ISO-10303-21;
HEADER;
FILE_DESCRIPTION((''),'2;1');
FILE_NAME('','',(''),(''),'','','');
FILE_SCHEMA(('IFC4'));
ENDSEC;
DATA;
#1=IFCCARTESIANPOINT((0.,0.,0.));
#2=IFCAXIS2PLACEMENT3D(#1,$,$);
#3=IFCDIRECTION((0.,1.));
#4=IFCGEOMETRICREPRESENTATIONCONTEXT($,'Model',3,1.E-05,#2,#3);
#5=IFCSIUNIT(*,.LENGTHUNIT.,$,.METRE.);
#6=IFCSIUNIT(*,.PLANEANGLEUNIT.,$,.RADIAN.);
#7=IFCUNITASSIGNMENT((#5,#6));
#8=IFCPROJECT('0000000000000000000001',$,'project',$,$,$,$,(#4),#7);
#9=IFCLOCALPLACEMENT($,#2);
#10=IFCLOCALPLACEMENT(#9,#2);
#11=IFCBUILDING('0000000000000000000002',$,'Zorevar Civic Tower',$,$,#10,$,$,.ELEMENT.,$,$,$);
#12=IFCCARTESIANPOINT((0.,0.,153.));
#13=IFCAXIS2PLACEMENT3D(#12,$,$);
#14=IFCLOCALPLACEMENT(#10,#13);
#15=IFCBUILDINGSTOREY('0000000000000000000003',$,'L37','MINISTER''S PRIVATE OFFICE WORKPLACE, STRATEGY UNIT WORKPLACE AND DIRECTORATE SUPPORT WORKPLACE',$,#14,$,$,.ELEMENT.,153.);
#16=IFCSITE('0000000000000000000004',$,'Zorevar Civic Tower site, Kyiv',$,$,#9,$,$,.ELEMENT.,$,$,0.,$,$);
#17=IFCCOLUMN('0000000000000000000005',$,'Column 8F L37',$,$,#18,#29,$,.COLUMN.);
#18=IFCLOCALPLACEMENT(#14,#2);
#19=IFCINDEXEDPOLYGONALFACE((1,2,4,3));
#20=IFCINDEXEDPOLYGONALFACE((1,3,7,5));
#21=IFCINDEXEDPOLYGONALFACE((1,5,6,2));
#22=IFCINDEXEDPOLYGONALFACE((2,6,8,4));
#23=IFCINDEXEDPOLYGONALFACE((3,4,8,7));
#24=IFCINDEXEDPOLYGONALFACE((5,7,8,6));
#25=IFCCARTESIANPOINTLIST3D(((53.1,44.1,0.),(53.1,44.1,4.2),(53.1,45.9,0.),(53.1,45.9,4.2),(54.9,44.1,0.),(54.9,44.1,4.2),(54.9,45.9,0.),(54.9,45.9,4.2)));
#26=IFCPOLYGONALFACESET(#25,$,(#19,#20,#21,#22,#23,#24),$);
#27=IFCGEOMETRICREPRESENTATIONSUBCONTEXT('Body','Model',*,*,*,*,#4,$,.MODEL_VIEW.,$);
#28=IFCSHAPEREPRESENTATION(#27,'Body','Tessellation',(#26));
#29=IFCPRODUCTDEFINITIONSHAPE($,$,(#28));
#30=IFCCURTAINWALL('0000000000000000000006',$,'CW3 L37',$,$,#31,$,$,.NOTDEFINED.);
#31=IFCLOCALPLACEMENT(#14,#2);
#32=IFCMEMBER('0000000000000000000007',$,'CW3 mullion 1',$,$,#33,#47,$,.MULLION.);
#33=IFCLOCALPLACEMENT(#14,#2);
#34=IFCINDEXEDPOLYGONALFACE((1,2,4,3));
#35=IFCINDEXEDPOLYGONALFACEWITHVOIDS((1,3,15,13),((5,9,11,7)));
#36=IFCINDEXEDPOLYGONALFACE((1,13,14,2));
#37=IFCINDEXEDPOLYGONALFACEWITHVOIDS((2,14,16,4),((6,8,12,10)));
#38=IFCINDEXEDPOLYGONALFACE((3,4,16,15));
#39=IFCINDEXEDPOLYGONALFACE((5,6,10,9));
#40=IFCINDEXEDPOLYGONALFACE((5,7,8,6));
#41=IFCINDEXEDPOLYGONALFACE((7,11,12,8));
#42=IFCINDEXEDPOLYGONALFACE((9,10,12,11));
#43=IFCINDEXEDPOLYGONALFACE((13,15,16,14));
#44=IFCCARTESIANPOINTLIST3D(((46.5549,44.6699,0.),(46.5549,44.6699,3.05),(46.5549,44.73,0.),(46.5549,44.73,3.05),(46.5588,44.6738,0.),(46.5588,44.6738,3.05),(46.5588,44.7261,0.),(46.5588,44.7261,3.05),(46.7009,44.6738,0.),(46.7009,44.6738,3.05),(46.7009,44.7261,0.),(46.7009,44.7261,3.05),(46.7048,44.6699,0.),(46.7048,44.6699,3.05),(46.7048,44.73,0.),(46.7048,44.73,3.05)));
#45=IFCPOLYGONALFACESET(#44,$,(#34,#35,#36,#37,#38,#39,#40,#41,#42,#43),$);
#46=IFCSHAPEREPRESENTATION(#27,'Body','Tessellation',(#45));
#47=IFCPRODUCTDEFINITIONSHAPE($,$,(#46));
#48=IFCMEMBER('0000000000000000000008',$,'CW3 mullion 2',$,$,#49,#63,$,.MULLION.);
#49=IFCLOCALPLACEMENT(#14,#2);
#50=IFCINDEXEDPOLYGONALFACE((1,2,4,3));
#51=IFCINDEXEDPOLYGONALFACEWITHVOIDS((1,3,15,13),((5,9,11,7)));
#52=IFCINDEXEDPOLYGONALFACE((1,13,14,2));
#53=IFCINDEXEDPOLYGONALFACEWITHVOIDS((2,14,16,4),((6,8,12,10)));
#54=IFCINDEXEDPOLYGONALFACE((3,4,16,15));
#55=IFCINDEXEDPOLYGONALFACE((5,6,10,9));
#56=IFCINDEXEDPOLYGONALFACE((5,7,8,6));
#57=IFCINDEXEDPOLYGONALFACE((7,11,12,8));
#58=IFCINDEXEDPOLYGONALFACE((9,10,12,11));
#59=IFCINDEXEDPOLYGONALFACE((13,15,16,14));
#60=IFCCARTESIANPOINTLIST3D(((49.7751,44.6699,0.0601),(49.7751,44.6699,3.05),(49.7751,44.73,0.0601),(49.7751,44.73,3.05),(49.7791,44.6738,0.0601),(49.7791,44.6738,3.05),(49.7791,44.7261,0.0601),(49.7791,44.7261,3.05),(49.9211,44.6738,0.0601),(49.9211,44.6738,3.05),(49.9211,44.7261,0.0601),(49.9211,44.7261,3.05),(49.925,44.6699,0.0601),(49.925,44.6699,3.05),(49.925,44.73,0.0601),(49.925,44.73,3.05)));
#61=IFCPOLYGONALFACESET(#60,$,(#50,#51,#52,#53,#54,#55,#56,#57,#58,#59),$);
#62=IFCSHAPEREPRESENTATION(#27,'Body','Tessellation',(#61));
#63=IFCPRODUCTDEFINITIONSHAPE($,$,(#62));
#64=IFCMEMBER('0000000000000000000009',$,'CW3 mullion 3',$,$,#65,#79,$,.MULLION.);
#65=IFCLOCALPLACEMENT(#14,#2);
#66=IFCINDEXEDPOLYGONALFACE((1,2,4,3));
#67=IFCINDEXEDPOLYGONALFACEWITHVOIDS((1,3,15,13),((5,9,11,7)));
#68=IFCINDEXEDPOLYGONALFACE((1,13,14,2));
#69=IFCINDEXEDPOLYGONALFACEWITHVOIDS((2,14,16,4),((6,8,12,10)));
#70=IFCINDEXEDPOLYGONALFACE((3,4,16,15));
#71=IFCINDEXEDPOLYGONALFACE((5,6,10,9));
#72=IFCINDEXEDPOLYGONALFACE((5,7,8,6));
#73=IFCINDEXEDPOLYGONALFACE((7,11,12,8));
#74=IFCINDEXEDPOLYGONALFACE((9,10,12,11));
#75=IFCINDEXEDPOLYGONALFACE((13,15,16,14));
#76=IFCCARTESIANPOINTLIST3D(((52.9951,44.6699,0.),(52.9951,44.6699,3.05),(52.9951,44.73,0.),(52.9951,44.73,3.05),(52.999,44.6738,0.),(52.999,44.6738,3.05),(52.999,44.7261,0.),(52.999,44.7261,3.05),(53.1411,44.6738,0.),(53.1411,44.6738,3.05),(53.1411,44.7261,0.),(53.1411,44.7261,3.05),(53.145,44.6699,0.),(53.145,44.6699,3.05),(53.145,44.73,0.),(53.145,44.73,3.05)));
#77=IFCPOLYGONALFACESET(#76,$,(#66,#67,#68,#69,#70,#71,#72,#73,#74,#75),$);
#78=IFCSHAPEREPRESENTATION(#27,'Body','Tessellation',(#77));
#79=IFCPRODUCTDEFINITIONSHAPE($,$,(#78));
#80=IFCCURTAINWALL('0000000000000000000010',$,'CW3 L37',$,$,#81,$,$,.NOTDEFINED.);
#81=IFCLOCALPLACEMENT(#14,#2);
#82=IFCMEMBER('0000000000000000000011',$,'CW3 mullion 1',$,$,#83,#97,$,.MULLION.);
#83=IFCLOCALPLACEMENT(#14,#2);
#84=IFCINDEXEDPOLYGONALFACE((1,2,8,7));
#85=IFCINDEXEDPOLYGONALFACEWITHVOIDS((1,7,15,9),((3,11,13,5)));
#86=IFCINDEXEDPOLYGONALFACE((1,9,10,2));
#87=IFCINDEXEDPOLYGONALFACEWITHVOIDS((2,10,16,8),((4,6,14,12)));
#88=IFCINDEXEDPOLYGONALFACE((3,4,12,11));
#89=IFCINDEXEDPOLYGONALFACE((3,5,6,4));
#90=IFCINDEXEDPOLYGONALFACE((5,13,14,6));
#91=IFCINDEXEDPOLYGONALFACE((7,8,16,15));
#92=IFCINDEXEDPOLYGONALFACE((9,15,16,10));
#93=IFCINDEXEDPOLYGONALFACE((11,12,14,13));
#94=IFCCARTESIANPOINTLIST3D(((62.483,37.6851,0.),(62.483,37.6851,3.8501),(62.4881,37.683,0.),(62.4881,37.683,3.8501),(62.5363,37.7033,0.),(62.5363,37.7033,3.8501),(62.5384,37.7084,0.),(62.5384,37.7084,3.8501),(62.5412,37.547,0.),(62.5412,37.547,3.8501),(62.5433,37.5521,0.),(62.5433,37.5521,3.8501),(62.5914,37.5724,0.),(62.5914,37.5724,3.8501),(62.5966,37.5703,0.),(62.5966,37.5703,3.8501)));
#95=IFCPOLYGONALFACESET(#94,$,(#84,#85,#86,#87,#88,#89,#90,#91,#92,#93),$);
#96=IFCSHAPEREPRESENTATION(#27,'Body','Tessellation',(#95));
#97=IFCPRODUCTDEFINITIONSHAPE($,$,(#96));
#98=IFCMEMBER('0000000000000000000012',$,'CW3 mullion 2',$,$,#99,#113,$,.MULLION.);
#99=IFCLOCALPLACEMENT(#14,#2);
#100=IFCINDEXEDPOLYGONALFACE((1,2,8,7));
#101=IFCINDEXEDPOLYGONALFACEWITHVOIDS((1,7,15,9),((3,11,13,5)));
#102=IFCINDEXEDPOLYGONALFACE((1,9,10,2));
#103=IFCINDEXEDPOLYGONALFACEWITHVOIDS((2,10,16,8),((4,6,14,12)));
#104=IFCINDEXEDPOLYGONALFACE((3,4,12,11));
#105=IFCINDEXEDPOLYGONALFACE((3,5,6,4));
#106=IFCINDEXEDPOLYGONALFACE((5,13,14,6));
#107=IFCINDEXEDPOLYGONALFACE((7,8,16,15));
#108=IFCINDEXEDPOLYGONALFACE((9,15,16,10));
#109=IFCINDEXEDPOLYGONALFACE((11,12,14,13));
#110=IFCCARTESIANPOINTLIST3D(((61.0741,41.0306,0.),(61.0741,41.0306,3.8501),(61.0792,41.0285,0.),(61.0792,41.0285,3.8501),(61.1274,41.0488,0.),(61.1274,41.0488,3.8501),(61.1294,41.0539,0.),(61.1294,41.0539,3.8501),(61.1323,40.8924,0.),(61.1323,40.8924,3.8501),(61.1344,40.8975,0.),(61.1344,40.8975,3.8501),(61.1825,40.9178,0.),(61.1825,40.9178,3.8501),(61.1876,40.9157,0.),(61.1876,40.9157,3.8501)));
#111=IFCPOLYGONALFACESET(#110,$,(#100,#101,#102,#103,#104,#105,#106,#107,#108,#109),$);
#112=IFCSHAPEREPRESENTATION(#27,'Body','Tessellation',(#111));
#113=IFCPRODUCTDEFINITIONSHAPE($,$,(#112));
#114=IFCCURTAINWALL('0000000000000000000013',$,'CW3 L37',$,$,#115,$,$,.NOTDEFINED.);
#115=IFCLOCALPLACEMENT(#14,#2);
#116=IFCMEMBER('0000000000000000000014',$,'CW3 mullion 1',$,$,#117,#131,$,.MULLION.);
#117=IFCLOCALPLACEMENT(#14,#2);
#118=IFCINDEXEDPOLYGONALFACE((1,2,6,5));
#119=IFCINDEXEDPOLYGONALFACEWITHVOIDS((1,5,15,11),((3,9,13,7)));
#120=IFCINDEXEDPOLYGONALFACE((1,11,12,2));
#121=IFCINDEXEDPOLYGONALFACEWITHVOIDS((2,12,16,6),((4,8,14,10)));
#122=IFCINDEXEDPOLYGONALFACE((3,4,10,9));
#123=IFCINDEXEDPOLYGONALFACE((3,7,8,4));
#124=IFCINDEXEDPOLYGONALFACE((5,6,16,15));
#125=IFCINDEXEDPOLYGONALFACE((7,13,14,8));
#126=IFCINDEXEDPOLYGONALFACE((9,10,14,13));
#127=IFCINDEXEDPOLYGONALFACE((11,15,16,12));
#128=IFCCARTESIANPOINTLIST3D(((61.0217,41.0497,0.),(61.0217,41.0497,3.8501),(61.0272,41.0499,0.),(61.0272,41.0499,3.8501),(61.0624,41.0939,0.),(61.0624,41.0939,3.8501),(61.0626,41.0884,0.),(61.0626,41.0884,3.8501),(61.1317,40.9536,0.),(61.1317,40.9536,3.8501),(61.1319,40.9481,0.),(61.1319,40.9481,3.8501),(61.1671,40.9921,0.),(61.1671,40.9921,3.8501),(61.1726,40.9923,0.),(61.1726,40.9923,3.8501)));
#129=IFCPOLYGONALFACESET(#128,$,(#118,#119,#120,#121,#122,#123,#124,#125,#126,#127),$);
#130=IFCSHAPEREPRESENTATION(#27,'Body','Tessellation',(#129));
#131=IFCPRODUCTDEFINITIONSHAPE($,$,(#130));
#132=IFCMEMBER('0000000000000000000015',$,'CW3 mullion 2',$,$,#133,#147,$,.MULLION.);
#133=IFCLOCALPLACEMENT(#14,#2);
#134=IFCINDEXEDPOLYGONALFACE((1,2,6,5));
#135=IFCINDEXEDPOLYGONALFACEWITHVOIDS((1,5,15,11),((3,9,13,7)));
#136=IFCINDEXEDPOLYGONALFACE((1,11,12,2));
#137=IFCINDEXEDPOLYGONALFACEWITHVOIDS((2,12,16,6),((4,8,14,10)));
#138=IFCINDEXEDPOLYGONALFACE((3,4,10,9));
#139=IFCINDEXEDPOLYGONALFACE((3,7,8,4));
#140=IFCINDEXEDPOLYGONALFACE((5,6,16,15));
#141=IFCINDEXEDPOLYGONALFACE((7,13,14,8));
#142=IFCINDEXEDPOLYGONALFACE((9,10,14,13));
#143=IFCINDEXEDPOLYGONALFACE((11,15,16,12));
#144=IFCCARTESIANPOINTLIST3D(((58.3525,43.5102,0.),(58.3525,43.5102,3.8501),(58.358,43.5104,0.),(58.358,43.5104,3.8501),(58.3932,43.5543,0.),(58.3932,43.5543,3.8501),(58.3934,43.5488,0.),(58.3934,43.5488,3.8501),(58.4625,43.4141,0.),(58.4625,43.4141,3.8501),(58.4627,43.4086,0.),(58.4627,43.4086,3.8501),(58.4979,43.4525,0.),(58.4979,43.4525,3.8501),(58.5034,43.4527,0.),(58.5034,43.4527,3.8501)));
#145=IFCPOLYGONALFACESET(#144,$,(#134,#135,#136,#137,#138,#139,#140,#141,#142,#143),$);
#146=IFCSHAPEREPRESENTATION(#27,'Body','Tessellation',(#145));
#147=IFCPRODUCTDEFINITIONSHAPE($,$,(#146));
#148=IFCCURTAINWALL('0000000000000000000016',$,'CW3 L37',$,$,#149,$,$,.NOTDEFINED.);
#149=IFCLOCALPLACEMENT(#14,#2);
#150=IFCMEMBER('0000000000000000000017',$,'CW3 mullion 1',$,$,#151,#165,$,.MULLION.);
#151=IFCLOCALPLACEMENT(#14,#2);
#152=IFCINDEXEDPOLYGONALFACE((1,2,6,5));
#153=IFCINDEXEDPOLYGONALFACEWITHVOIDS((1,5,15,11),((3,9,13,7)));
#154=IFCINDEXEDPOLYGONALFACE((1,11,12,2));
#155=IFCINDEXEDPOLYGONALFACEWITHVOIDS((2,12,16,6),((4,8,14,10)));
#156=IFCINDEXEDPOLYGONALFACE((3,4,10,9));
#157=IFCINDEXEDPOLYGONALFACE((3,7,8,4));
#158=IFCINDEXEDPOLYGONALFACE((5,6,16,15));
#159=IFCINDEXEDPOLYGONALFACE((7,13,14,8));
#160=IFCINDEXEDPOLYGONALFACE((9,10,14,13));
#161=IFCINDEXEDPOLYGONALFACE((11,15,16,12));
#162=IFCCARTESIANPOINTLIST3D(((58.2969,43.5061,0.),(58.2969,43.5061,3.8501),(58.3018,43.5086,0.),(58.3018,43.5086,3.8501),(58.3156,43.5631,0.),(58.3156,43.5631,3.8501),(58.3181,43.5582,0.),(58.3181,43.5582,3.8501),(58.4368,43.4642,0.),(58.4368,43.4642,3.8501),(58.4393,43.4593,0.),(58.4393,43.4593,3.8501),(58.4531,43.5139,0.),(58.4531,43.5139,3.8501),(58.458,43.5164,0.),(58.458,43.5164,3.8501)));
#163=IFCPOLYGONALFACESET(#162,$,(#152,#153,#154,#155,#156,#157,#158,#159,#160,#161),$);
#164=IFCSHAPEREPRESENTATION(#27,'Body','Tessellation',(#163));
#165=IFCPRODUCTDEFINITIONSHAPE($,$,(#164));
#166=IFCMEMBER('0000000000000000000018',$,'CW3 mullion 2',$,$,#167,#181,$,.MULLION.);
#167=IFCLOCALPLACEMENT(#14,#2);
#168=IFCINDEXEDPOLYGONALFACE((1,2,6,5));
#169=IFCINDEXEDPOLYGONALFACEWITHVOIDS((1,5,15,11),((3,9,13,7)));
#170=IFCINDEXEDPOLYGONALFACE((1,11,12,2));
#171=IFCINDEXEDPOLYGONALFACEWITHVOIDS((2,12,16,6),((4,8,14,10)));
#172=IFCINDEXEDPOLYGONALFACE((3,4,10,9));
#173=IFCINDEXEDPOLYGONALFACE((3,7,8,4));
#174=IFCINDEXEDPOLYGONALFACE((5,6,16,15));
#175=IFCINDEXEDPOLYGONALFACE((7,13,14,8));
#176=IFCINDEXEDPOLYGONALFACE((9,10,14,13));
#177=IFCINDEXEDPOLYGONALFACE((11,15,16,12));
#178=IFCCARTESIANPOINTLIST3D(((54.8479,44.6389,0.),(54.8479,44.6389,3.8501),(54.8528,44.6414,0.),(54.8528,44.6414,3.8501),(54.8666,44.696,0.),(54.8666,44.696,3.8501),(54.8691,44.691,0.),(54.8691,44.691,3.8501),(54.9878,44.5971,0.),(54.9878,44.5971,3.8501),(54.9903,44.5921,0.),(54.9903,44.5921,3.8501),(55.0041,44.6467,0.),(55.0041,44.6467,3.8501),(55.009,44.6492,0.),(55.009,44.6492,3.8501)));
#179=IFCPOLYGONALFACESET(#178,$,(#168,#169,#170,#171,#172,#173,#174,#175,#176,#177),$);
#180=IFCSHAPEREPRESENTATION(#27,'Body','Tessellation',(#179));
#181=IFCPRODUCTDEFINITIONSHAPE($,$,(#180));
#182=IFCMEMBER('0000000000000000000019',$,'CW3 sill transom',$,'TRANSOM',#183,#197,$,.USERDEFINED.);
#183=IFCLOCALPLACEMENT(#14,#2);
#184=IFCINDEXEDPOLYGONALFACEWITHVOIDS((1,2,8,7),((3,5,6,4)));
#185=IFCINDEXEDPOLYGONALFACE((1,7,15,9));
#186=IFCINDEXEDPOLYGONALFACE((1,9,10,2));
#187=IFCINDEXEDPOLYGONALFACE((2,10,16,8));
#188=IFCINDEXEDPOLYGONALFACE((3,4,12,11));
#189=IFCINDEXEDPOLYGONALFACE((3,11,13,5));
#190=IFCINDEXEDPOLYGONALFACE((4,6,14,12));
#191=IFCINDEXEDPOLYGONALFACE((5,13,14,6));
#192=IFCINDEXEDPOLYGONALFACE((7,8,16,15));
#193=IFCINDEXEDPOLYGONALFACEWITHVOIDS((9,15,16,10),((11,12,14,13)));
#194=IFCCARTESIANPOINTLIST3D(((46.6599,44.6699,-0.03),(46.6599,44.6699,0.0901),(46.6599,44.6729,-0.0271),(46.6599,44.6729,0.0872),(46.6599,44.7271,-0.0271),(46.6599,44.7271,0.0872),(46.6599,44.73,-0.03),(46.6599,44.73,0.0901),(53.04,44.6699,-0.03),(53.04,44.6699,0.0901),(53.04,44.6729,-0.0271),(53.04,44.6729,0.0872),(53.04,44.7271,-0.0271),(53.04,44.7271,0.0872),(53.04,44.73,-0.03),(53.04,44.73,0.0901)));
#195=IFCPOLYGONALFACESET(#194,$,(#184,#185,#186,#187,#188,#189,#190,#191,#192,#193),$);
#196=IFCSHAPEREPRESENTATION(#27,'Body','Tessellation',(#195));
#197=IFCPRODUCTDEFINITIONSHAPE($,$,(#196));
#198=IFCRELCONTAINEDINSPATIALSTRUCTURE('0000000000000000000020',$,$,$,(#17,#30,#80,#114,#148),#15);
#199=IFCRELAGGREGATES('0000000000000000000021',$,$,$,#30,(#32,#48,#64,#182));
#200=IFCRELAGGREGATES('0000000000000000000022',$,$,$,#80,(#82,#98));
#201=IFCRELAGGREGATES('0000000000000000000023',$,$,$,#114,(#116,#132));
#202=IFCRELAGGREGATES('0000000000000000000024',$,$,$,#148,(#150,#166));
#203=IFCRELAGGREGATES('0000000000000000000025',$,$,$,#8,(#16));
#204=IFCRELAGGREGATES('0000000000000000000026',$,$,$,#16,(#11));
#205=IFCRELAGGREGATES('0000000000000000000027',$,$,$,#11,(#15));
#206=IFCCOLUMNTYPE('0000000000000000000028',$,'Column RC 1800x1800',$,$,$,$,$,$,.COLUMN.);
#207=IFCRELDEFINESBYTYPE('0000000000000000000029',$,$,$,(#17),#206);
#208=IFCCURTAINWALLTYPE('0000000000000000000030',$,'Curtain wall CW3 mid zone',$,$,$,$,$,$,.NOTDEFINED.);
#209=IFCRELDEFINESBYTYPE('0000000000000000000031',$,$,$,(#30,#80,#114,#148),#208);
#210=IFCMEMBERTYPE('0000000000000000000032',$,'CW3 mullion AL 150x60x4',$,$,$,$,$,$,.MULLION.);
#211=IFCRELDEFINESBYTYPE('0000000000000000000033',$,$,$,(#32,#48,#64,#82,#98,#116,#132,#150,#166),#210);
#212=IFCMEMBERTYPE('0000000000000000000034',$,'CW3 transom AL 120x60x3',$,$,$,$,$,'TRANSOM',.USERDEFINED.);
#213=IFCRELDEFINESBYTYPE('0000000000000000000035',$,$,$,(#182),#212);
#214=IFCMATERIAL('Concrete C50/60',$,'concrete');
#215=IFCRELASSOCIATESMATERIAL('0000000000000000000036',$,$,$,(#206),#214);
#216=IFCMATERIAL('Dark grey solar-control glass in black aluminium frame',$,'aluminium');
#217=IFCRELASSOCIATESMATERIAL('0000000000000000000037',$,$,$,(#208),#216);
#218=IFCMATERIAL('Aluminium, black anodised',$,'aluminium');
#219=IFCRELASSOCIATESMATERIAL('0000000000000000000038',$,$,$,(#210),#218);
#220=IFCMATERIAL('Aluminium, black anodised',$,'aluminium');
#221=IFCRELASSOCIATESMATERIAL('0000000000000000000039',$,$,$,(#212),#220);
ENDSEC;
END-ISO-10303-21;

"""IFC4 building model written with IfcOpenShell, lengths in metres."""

from ifc_helpers import new_model, si_unit, direction, frame, origin, origin_2d, place, context, subcontext, project, spatial, rectangle, hollow_rectangle, extrude, material, material_profile, profile_set, type_object, element, aggregate, save


model = new_model("IFC4")

# Units and contexts
model_context = context("Model", 3, precision=1e-05, world=origin(), true_north=direction((0.0, 1.0)))
body_context = subcontext(model_context, "Body", "Model", "MODEL_VIEW")
ifc_project = project(units=[si_unit("LENGTHUNIT", "METRE"), si_unit("PLANEANGLEUNIT", "RADIAN")], contexts=[model_context])

# Site, building, storey
site_placement = place(None, origin())
site = spatial("IfcSite", under=ifc_project, at=site_placement, Name="Zorevar Civic Tower site, Kyiv", CompositionType="ELEMENT", RefElevation=0.0)
building_placement = place(site_placement, origin())
building = spatial("IfcBuilding", under=site, at=building_placement, Name="Zorevar Civic Tower", CompositionType="ELEMENT")
storey_placement = place(building_placement, frame((0.0, 0.0, 153.0)))
storey = spatial("IfcBuildingStorey", under=building, at=storey_placement, Name="L37", Description="MINISTER'S PRIVATE OFFICE WORKPLACE, STRATEGY UNIT WORKPLACE AND DIRECTORATE SUPPORT WORKPLACE", CompositionType="ELEMENT", Elevation=153.0)

# Column
ifc_material_1 = material(Name="Concrete C50/60", Category="concrete")
ifc_material_profile_1 = material_profile(ifc_material_1, rectangle(XDim=1.8, YDim=1.8, at=origin_2d()), Name="RC 1800x1800")
ifc_profile_set_1 = profile_set([ifc_material_profile_1], Name="Concrete C50/60")
column_type = type_object("IfcColumnType", Name="Column RC 1800x1800", PredefinedType="COLUMN", material=ifc_profile_set_1)
column_placement = place(storey_placement, frame((54.0, 45.0, 0.0), z_axis=(0.0, 0.0, 1.0), x_axis=(1.0, 0.0, 0.0)))
element("IfcColumn", 1, at=column_placement, inside=storey, type_object=column_type, Name="Column 8F L37", PredefinedType="COLUMN", context=body_context, shape_type="SweptSolid", body=[
    extrude(rectangle(XDim=1.8, YDim=1.8, at=origin_2d()), origin(), (0.0, 0.0, 1.0), 4.2),
])

# Curtain walls, members
ifc_material_2 = material(Name="Dark grey solar-control glass in black aluminium frame", Category="aluminium")
curtain_wall_type = type_object("IfcCurtainWallType", Name="Curtain wall CW3 mid zone", PredefinedType="NOTDEFINED", material=ifc_material_2)
curtain_wall_1_placement = place(storey_placement, origin())
curtain_wall_1 = element("IfcCurtainWall", 2, at=curtain_wall_1_placement, inside=storey, type_object=curtain_wall_type, Name="CW3 L37", PredefinedType="NOTDEFINED")
ifc_material_3 = material(Name="Aluminium, black anodised", Category="aluminium")
ifc_material_profile_2 = material_profile(ifc_material_3, hollow_rectangle(XDim=0.0601, YDim=0.1499, WallThickness=0.0039, at=origin_2d()), Name="AL 150x60x4")
ifc_profile_set_2 = profile_set([ifc_material_profile_2], Name="Aluminium, black anodised")
member_type_1 = type_object("IfcMemberType", Name="CW3 mullion AL 150x60x4", PredefinedType="MULLION", material=ifc_profile_set_2)
member_1_placement = place(storey_placement, frame((46.6299, 44.7, 0.0), z_axis=(0.0, 0.0, 1.0), x_axis=(0.0, 1.0, 0.0)))
member_1 = element("IfcMember", 3, at=member_1_placement, type_object=member_type_1, Name="CW3 mullion 1", PredefinedType="MULLION", context=body_context, shape_type="SweptSolid", body=[
    extrude(hollow_rectangle(XDim=0.0601, YDim=0.1499, WallThickness=0.0039, at=origin_2d()), origin(), (0.0, 0.0, 1.0), 3.05),
])
member_2_placement = place(storey_placement, frame((49.8501, 44.7, 0.0601), z_axis=(0.0, 0.0, 1.0), x_axis=(0.0, 1.0, 0.0)))
member_2 = element("IfcMember", 4, at=member_2_placement, type_object=member_type_1, Name="CW3 mullion 2", PredefinedType="MULLION", context=body_context, shape_type="SweptSolid", body=[
    extrude(hollow_rectangle(XDim=0.0601, YDim=0.1499, WallThickness=0.0039, at=origin_2d()), origin(), (0.0, 0.0, 1.0), 2.99),
])
member_3_placement = place(storey_placement, frame((53.0701, 44.7, 0.0), z_axis=(0.0, 0.0, 1.0), x_axis=(0.0, 1.0, 0.0)))
member_3 = element("IfcMember", 5, at=member_3_placement, type_object=member_type_1, Name="CW3 mullion 3", PredefinedType="MULLION", context=body_context, shape_type="SweptSolid", body=[
    extrude(hollow_rectangle(XDim=0.0601, YDim=0.1499, WallThickness=0.0039, at=origin_2d()), origin(), (0.0, 0.0, 1.0), 3.05),
])
curtain_wall_2_placement = place(storey_placement, origin())
curtain_wall_2 = element("IfcCurtainWall", 6, at=curtain_wall_2_placement, inside=storey, type_object=curtain_wall_type, Name="CW3 L37", PredefinedType="NOTDEFINED")
member_4_placement = place(storey_placement, frame((62.5398, 37.6277, 0.0), z_axis=(0.0, 0.0, 1.0), x_axis=(-0.921582, -0.388184, 0.0)))
member_4 = element("IfcMember", 7, at=member_4_placement, type_object=member_type_1, Name="CW3 mullion 1", PredefinedType="MULLION", context=body_context, shape_type="SweptSolid", body=[
    extrude(hollow_rectangle(XDim=0.0601, YDim=0.1499, WallThickness=0.0039, at=origin_2d()), origin(), (0.0, 0.0, 1.0), 3.8501),
])
member_5_placement = place(storey_placement, frame((61.1309, 40.9731, 0.0), z_axis=(0.0, 0.0, 1.0), x_axis=(-0.921582, -0.388184, 0.0)))
member_5 = element("IfcMember", 8, at=member_5_placement, type_object=member_type_1, Name="CW3 mullion 2", PredefinedType="MULLION", context=body_context, shape_type="SweptSolid", body=[
    extrude(hollow_rectangle(XDim=0.0601, YDim=0.1499, WallThickness=0.0039, at=origin_2d()), origin(), (0.0, 0.0, 1.0), 3.8501),
])
curtain_wall_3_placement = place(storey_placement, origin())
curtain_wall_3 = element("IfcCurtainWall", 9, at=curtain_wall_3_placement, inside=storey, type_object=curtain_wall_type, Name="CW3 L37", PredefinedType="NOTDEFINED")
member_6_placement = place(storey_placement, frame((61.0972, 41.021, 0.0), z_axis=(0.0, 0.0, 1.0), x_axis=(-0.677777, -0.735267, 0.0)))
member_6 = element("IfcMember", 10, at=member_6_placement, type_object=member_type_1, Name="CW3 mullion 1", PredefinedType="MULLION", context=body_context, shape_type="SweptSolid", body=[
    extrude(hollow_rectangle(XDim=0.0601, YDim=0.1499, WallThickness=0.0039, at=origin_2d()), origin(), (0.0, 0.0, 1.0), 3.8501),
])
member_7_placement = place(storey_placement, frame((58.428, 43.4814, 0.0), z_axis=(0.0, 0.0, 1.0), x_axis=(-0.677777, -0.735267, 0.0)))
member_7 = element("IfcMember", 11, at=member_7_placement, type_object=member_type_1, Name="CW3 mullion 2", PredefinedType="MULLION", context=body_context, shape_type="SweptSolid", body=[
    extrude(hollow_rectangle(XDim=0.0601, YDim=0.1499, WallThickness=0.0039, at=origin_2d()), origin(), (0.0, 0.0, 1.0), 3.8501),
])
curtain_wall_4_placement = place(storey_placement, origin())
curtain_wall_4 = element("IfcCurtainWall", 12, at=curtain_wall_4_placement, inside=storey, type_object=curtain_wall_type, Name="CW3 L37", PredefinedType="NOTDEFINED")
member_8_placement = place(storey_placement, frame((58.3774, 43.5112, 0.0), z_axis=(0.0, 0.0, 1.0), x_axis=(-0.312036, -0.95007, 0.0)))
member_8 = element("IfcMember", 13, at=member_8_placement, type_object=member_type_1, Name="CW3 mullion 1", PredefinedType="MULLION", context=body_context, shape_type="SweptSolid", body=[
    extrude(hollow_rectangle(XDim=0.0601, YDim=0.1499, WallThickness=0.0039, at=origin_2d()), origin(), (0.0, 0.0, 1.0), 3.8501),
])
member_9_placement = place(storey_placement, frame((54.9285, 44.644, 0.0), z_axis=(0.0, 0.0, 1.0), x_axis=(-0.312036, -0.95007, 0.0)))
member_9 = element("IfcMember", 14, at=member_9_placement, type_object=member_type_1, Name="CW3 mullion 2", PredefinedType="MULLION", context=body_context, shape_type="SweptSolid", body=[
    extrude(hollow_rectangle(XDim=0.0601, YDim=0.1499, WallThickness=0.0039, at=origin_2d()), origin(), (0.0, 0.0, 1.0), 3.8501),
])

# Member
ifc_material_4 = material(Name="Aluminium, black anodised", Category="aluminium")
ifc_material_profile_3 = material_profile(ifc_material_4, hollow_rectangle(XDim=0.0601, YDim=0.1201, WallThickness=0.0029, at=origin_2d()), Name="AL 120x60x3")
ifc_profile_set_3 = profile_set([ifc_material_profile_3], Name="Aluminium, black anodised")
member_type_2 = type_object("IfcMemberType", Name="CW3 transom AL 120x60x3", ElementType="TRANSOM", PredefinedType="USERDEFINED", material=ifc_profile_set_3)
member_10_placement = place(storey_placement, frame((46.6599, 44.7, 0.03), z_axis=(1.0, 0.0, 0.0), x_axis=(0.0, 1.0, 0.0)))
member_10 = element("IfcMember", 15, at=member_10_placement, type_object=member_type_2, Name="CW3 sill transom", ObjectType="TRANSOM", PredefinedType="USERDEFINED", context=body_context, shape_type="SweptSolid", body=[
    extrude(hollow_rectangle(XDim=0.0601, YDim=0.1201, WallThickness=0.0029, at=origin_2d()), origin(), (0.0, 0.0, 1.0), 6.3801),
])

aggregate(curtain_wall_1, [member_1, member_2, member_3, member_10])
aggregate(curtain_wall_2, [member_4, member_5])
aggregate(curtain_wall_3, [member_6, member_7])
aggregate(curtain_wall_4, [member_8, member_9])

save(model, "model.ifc")
